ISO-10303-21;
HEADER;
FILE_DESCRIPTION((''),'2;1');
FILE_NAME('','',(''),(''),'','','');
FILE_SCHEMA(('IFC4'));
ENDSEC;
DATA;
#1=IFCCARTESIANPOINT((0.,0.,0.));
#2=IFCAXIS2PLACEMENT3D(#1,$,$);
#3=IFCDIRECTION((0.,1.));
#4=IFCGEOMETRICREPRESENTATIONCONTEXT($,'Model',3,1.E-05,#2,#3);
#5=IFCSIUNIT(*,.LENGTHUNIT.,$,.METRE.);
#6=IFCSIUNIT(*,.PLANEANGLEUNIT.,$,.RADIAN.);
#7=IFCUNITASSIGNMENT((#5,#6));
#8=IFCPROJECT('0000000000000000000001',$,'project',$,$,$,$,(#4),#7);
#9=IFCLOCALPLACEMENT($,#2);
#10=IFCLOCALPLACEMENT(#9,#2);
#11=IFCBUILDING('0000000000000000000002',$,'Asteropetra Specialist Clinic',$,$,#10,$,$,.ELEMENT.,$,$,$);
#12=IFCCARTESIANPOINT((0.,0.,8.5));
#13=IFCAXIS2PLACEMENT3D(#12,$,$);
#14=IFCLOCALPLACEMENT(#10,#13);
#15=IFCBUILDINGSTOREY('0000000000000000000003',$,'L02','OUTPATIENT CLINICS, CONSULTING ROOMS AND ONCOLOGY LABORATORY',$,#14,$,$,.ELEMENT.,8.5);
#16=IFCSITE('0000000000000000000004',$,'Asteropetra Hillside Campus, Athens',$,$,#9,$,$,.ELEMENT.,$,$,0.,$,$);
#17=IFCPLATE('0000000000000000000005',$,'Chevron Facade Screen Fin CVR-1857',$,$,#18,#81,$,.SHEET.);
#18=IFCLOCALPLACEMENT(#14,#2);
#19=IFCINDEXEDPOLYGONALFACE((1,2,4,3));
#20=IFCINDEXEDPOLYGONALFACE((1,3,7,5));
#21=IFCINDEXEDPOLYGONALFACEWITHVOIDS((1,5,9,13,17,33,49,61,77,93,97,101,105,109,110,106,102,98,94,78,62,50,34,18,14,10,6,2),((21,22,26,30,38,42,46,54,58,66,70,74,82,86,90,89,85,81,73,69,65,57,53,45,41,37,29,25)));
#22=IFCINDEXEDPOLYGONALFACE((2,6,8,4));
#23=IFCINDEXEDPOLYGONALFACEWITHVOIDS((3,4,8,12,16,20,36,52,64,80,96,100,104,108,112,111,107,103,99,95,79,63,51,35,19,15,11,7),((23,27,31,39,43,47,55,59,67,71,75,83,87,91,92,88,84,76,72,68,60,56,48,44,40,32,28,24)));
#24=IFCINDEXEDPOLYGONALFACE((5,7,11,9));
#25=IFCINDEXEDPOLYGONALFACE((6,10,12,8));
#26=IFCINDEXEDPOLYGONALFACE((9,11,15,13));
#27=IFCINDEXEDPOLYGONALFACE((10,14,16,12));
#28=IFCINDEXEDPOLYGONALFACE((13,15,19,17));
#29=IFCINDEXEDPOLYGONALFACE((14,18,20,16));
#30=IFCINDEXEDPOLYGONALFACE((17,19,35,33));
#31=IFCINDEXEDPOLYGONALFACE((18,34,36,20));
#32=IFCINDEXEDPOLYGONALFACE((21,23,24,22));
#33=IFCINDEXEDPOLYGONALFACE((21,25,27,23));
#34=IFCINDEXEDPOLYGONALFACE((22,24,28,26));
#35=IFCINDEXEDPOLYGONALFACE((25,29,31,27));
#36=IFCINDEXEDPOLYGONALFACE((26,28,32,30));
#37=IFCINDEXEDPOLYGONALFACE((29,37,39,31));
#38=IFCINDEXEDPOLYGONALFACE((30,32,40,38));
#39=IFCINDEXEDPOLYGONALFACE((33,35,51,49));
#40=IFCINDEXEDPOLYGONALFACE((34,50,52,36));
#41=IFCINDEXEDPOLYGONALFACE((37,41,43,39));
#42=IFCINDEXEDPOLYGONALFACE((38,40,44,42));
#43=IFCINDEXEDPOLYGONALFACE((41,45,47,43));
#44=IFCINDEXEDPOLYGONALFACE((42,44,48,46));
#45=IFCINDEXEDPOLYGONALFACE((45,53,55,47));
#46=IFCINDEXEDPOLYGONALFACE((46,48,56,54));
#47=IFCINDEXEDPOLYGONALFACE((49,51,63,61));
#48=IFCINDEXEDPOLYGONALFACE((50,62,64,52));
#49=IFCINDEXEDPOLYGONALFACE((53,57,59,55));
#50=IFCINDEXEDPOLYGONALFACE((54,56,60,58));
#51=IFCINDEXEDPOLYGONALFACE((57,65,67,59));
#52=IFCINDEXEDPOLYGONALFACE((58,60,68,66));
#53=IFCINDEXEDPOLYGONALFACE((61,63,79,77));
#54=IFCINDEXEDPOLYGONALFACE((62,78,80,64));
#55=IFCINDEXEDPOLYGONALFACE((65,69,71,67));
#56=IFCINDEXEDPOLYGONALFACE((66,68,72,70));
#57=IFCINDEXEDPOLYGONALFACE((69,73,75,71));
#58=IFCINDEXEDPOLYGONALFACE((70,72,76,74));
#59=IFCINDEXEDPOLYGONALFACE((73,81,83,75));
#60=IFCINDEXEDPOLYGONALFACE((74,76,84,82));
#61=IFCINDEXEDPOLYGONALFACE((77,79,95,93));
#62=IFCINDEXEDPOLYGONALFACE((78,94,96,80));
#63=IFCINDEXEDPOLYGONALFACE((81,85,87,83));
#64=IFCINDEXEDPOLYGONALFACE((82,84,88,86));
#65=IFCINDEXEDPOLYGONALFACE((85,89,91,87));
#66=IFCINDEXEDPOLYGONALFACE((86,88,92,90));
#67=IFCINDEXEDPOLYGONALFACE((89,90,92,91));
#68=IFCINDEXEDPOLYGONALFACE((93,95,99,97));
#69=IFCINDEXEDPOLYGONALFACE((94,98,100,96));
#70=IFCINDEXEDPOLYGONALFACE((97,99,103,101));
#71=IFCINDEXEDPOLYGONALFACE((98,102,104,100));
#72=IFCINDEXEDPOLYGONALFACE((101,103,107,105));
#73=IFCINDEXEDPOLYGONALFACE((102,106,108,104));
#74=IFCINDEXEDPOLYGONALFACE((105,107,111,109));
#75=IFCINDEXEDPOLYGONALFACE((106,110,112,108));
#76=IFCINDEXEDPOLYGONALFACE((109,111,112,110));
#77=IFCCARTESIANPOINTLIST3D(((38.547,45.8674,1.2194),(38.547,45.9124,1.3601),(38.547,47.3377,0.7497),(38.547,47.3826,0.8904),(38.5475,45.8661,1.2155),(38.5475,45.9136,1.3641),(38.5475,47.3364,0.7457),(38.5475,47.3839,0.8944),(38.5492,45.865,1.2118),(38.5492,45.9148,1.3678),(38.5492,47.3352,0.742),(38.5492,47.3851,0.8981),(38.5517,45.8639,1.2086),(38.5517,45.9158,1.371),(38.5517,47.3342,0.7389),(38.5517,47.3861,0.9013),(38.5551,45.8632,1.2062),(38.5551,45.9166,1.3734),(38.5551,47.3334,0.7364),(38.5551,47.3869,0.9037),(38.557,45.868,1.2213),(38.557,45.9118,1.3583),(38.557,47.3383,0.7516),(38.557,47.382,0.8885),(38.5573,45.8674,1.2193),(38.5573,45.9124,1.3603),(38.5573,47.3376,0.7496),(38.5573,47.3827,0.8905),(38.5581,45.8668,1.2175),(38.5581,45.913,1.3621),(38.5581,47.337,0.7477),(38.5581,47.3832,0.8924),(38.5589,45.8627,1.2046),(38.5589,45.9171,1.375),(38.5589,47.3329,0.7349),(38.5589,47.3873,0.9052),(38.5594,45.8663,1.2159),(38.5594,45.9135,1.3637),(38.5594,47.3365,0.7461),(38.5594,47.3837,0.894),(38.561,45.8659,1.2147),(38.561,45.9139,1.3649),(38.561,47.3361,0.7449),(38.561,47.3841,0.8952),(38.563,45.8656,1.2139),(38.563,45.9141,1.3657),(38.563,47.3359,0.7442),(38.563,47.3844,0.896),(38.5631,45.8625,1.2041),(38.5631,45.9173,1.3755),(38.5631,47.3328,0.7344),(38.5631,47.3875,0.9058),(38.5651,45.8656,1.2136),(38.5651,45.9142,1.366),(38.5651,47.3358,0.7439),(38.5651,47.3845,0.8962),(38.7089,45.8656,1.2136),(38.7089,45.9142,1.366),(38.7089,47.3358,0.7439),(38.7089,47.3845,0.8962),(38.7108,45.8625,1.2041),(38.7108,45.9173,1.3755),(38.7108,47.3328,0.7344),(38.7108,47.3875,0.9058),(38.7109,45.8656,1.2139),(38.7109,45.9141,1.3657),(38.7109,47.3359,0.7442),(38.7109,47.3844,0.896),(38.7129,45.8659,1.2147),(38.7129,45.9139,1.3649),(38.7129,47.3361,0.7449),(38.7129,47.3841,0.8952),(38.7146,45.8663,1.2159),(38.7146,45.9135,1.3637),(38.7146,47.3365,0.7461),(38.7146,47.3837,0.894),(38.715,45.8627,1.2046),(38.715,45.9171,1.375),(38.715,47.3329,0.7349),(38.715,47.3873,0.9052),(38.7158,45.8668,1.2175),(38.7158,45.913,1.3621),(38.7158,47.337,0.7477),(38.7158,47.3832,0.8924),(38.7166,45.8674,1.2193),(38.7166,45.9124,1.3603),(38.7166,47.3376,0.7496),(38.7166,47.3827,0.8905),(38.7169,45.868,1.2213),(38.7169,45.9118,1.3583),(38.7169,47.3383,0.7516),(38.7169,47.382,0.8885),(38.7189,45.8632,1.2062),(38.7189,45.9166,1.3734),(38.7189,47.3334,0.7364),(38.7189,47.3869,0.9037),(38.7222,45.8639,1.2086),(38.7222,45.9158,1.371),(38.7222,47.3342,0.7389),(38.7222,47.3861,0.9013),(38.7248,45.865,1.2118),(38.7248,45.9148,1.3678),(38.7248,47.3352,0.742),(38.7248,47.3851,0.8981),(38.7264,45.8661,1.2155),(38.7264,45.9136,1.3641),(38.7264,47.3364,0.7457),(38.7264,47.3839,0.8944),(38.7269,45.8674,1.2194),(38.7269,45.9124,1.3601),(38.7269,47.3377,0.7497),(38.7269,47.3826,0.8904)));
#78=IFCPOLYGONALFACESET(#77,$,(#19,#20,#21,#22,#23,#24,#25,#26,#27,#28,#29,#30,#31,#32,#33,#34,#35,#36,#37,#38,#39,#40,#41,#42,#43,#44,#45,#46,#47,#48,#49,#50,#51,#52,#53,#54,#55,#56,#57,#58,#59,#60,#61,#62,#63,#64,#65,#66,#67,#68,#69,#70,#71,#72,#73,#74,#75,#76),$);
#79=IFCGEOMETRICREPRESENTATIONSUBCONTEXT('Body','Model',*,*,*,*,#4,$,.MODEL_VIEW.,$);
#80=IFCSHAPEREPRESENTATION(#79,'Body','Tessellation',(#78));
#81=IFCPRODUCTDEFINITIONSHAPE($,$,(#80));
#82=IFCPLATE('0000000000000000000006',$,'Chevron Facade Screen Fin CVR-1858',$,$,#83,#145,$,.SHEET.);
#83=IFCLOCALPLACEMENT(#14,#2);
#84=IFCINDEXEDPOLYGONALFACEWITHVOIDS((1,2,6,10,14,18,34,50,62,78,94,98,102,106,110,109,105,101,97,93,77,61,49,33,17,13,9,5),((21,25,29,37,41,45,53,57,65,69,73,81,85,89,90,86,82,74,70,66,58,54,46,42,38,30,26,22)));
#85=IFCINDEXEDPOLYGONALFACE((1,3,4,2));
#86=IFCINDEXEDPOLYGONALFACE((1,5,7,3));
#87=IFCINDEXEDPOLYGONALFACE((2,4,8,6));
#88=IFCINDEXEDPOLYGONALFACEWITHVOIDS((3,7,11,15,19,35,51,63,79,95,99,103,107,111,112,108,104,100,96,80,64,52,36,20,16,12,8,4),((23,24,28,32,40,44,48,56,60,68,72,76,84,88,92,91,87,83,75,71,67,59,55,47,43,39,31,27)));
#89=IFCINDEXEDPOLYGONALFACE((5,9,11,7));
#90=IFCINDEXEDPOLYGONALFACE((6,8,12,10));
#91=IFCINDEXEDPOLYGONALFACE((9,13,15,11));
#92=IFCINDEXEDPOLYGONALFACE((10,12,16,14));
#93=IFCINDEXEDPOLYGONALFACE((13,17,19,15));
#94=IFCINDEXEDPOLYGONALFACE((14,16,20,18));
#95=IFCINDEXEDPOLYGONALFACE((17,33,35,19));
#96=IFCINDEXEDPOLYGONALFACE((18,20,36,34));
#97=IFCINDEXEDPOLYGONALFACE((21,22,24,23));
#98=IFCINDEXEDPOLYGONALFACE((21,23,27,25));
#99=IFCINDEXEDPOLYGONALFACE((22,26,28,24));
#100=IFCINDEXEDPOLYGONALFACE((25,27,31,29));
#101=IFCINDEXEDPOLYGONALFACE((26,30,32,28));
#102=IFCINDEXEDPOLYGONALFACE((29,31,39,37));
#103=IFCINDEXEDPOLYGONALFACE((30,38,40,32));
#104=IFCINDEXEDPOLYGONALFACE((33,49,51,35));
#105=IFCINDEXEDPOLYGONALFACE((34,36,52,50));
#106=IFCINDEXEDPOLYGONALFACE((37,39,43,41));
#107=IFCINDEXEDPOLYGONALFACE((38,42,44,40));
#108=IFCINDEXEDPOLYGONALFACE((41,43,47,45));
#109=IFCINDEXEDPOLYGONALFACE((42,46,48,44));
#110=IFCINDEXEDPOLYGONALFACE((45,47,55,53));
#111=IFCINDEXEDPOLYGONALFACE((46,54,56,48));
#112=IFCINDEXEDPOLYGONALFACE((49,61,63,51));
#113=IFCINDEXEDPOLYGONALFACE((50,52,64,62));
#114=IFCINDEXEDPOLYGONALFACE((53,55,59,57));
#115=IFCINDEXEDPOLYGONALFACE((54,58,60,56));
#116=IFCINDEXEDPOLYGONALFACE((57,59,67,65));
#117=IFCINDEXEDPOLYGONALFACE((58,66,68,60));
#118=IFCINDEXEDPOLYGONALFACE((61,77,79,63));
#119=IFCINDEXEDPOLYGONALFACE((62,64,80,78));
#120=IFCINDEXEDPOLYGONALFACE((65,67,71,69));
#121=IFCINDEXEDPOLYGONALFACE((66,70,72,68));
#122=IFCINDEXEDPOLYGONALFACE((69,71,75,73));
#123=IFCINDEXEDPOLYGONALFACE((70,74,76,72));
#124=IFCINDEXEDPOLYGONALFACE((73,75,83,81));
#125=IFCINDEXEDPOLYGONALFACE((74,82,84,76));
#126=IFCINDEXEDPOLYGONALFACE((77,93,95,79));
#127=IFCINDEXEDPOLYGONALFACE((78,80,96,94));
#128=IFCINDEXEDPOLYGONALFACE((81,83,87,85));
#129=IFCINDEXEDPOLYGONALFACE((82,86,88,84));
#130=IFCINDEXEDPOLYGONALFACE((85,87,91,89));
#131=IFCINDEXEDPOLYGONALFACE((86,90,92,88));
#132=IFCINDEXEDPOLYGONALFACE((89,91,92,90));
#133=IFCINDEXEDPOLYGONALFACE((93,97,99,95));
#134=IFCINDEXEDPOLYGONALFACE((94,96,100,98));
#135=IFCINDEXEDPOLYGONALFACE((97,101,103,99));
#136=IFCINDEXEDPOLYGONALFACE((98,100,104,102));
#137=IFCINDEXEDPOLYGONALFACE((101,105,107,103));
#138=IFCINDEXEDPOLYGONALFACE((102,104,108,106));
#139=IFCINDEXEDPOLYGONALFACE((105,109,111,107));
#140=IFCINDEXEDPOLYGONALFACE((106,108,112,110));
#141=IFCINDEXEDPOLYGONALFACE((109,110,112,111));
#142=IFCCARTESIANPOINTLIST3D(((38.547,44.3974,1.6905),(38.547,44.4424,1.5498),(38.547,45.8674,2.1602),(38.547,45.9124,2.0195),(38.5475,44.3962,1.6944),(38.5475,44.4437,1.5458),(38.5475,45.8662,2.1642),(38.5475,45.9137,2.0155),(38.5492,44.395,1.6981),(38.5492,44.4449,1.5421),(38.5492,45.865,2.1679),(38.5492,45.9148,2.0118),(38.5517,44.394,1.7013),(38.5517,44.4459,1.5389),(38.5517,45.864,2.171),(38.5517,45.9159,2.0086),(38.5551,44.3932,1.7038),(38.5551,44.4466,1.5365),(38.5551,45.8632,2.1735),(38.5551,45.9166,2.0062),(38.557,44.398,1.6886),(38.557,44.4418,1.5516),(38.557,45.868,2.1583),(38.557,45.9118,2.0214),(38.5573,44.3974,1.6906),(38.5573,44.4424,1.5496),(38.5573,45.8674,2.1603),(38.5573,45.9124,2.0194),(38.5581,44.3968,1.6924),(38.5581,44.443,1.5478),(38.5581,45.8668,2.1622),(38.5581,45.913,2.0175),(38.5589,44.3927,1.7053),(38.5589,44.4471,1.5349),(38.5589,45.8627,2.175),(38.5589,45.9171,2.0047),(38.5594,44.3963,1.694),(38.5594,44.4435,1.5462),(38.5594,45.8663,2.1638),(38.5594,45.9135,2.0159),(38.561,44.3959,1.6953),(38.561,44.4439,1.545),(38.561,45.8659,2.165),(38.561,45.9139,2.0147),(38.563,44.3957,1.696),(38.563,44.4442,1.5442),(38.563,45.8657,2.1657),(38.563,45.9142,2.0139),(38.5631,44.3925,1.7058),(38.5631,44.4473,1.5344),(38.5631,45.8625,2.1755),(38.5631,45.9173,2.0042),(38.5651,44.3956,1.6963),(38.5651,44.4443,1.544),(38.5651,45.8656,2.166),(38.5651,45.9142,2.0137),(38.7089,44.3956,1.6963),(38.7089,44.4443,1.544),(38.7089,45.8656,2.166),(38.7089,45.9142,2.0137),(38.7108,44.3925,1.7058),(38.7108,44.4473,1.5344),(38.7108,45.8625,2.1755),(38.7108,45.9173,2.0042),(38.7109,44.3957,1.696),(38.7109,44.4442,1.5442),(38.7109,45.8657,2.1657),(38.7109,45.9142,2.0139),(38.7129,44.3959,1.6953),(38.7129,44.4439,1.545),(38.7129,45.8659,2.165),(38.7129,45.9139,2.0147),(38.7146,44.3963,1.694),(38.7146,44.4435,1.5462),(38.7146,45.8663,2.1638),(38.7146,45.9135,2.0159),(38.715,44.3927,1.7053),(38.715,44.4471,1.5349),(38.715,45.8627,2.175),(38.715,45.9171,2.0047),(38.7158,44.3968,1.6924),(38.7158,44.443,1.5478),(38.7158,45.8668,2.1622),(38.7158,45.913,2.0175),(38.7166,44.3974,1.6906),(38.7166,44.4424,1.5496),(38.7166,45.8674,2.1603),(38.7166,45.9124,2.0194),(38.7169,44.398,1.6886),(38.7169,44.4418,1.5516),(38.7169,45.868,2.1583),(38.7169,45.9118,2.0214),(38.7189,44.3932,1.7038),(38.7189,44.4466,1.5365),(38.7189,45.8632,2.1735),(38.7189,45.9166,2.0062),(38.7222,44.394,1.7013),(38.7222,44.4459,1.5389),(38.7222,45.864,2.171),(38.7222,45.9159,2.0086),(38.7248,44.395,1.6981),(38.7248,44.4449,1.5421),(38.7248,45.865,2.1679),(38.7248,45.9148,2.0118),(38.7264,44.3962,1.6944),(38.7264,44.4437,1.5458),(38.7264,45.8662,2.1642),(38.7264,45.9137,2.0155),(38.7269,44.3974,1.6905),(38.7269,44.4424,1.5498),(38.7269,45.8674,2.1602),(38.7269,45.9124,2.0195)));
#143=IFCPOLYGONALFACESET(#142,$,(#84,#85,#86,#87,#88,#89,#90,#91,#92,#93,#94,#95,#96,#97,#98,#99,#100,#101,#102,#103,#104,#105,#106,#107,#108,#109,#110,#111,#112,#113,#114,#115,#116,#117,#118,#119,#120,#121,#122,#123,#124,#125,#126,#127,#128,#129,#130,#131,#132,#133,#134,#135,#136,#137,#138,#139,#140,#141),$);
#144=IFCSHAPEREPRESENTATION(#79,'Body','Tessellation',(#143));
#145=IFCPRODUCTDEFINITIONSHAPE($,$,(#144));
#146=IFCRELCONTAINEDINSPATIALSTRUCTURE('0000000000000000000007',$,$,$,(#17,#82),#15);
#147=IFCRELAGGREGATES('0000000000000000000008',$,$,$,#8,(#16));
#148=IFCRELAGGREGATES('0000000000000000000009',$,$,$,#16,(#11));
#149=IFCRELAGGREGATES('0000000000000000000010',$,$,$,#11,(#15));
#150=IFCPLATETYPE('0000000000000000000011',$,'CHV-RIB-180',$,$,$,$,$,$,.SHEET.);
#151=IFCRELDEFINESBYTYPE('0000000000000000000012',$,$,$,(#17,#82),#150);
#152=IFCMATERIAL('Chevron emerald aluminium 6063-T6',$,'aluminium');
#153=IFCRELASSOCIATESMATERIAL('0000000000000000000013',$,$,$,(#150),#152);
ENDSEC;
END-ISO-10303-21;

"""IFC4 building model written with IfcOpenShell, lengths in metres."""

from ifc_helpers import new_model, si_unit, direction, frame, origin, origin_2d, place, context, subcontext, project, spatial, hollow_rectangle, extrude, material, material_profile, profile_set, type_object, element, save


model = new_model("IFC4")

# Units and contexts
model_context = context("Model", 3, precision=1e-05, world=origin(), true_north=direction((0.0, 1.0)))
body_context = subcontext(model_context, "Body", "Model", "MODEL_VIEW")
ifc_project = project(units=[si_unit("LENGTHUNIT", "METRE"), si_unit("PLANEANGLEUNIT", "RADIAN")], contexts=[model_context])

# Site, building, storey
site_placement = place(None, origin())
site = spatial("IfcSite", under=ifc_project, at=site_placement, Name="Asteropetra Hillside Campus, Athens", CompositionType="ELEMENT", RefElevation=0.0)
building_placement = place(site_placement, origin())
building = spatial("IfcBuilding", under=site, at=building_placement, Name="Asteropetra Specialist Clinic", CompositionType="ELEMENT")
storey_placement = place(building_placement, frame((0.0, 0.0, 8.5)))
storey = spatial("IfcBuildingStorey", under=building, at=storey_placement, Name="L02", Description="OUTPATIENT CLINICS, CONSULTING ROOMS AND ONCOLOGY LABORATORY", CompositionType="ELEMENT", Elevation=8.5)

# Plates
ifc_material_1 = material(Name="Chevron emerald aluminium 6063-T6", Category="aluminium")
ifc_material_profile_1 = material_profile(ifc_material_1, hollow_rectangle(XDim=0.1799, YDim=0.1799, WallThickness=0.01, InnerFilletRadius=0.0081, OuterFilletRadius=0.0161, at=origin_2d()), Name="SHS 180x180x10.0")
ifc_profile_set_1 = profile_set([ifc_material_profile_1], Name="Chevron emerald aluminium 6063-T6")
plate_type = type_object("IfcPlateType", Name="CHV-RIB-180", PredefinedType="SHEET", material=ifc_profile_set_1)
plate_1_placement = place(storey_placement, frame((38.637, 45.8899, 1.2898), z_axis=(0.0, 0.952564, -0.304339), x_axis=(-1.0, 0.0, 0.0)))
element("IfcPlate", 1, at=plate_1_placement, inside=storey, type_object=plate_type, Name="Chevron Facade Screen Fin CVR-1857", PredefinedType="SHEET", context=body_context, shape_type="SweptSolid", body=[
    extrude(hollow_rectangle(XDim=0.1799, YDim=0.1799, WallThickness=0.01, InnerFilletRadius=0.0081, OuterFilletRadius=0.0161, at=origin_2d()), origin(), (0.0, 0.0, 1.0), 1.5435),
])
plate_2_placement = place(storey_placement, frame((38.637, 44.4199, 1.6201), z_axis=(0.0, 0.952549, 0.304385), x_axis=(-1.0, 0.0, 0.0)))
element("IfcPlate", 2, at=plate_2_placement, inside=storey, type_object=plate_type, Name="Chevron Facade Screen Fin CVR-1858", PredefinedType="SHEET", context=body_context, shape_type="SweptSolid", body=[
    extrude(hollow_rectangle(XDim=0.1799, YDim=0.1799, WallThickness=0.01, InnerFilletRadius=0.0081, OuterFilletRadius=0.0161, at=origin_2d()), origin(), (0.0, 0.0, 1.0), 1.5432),
])

save(model, "model.ifc")
